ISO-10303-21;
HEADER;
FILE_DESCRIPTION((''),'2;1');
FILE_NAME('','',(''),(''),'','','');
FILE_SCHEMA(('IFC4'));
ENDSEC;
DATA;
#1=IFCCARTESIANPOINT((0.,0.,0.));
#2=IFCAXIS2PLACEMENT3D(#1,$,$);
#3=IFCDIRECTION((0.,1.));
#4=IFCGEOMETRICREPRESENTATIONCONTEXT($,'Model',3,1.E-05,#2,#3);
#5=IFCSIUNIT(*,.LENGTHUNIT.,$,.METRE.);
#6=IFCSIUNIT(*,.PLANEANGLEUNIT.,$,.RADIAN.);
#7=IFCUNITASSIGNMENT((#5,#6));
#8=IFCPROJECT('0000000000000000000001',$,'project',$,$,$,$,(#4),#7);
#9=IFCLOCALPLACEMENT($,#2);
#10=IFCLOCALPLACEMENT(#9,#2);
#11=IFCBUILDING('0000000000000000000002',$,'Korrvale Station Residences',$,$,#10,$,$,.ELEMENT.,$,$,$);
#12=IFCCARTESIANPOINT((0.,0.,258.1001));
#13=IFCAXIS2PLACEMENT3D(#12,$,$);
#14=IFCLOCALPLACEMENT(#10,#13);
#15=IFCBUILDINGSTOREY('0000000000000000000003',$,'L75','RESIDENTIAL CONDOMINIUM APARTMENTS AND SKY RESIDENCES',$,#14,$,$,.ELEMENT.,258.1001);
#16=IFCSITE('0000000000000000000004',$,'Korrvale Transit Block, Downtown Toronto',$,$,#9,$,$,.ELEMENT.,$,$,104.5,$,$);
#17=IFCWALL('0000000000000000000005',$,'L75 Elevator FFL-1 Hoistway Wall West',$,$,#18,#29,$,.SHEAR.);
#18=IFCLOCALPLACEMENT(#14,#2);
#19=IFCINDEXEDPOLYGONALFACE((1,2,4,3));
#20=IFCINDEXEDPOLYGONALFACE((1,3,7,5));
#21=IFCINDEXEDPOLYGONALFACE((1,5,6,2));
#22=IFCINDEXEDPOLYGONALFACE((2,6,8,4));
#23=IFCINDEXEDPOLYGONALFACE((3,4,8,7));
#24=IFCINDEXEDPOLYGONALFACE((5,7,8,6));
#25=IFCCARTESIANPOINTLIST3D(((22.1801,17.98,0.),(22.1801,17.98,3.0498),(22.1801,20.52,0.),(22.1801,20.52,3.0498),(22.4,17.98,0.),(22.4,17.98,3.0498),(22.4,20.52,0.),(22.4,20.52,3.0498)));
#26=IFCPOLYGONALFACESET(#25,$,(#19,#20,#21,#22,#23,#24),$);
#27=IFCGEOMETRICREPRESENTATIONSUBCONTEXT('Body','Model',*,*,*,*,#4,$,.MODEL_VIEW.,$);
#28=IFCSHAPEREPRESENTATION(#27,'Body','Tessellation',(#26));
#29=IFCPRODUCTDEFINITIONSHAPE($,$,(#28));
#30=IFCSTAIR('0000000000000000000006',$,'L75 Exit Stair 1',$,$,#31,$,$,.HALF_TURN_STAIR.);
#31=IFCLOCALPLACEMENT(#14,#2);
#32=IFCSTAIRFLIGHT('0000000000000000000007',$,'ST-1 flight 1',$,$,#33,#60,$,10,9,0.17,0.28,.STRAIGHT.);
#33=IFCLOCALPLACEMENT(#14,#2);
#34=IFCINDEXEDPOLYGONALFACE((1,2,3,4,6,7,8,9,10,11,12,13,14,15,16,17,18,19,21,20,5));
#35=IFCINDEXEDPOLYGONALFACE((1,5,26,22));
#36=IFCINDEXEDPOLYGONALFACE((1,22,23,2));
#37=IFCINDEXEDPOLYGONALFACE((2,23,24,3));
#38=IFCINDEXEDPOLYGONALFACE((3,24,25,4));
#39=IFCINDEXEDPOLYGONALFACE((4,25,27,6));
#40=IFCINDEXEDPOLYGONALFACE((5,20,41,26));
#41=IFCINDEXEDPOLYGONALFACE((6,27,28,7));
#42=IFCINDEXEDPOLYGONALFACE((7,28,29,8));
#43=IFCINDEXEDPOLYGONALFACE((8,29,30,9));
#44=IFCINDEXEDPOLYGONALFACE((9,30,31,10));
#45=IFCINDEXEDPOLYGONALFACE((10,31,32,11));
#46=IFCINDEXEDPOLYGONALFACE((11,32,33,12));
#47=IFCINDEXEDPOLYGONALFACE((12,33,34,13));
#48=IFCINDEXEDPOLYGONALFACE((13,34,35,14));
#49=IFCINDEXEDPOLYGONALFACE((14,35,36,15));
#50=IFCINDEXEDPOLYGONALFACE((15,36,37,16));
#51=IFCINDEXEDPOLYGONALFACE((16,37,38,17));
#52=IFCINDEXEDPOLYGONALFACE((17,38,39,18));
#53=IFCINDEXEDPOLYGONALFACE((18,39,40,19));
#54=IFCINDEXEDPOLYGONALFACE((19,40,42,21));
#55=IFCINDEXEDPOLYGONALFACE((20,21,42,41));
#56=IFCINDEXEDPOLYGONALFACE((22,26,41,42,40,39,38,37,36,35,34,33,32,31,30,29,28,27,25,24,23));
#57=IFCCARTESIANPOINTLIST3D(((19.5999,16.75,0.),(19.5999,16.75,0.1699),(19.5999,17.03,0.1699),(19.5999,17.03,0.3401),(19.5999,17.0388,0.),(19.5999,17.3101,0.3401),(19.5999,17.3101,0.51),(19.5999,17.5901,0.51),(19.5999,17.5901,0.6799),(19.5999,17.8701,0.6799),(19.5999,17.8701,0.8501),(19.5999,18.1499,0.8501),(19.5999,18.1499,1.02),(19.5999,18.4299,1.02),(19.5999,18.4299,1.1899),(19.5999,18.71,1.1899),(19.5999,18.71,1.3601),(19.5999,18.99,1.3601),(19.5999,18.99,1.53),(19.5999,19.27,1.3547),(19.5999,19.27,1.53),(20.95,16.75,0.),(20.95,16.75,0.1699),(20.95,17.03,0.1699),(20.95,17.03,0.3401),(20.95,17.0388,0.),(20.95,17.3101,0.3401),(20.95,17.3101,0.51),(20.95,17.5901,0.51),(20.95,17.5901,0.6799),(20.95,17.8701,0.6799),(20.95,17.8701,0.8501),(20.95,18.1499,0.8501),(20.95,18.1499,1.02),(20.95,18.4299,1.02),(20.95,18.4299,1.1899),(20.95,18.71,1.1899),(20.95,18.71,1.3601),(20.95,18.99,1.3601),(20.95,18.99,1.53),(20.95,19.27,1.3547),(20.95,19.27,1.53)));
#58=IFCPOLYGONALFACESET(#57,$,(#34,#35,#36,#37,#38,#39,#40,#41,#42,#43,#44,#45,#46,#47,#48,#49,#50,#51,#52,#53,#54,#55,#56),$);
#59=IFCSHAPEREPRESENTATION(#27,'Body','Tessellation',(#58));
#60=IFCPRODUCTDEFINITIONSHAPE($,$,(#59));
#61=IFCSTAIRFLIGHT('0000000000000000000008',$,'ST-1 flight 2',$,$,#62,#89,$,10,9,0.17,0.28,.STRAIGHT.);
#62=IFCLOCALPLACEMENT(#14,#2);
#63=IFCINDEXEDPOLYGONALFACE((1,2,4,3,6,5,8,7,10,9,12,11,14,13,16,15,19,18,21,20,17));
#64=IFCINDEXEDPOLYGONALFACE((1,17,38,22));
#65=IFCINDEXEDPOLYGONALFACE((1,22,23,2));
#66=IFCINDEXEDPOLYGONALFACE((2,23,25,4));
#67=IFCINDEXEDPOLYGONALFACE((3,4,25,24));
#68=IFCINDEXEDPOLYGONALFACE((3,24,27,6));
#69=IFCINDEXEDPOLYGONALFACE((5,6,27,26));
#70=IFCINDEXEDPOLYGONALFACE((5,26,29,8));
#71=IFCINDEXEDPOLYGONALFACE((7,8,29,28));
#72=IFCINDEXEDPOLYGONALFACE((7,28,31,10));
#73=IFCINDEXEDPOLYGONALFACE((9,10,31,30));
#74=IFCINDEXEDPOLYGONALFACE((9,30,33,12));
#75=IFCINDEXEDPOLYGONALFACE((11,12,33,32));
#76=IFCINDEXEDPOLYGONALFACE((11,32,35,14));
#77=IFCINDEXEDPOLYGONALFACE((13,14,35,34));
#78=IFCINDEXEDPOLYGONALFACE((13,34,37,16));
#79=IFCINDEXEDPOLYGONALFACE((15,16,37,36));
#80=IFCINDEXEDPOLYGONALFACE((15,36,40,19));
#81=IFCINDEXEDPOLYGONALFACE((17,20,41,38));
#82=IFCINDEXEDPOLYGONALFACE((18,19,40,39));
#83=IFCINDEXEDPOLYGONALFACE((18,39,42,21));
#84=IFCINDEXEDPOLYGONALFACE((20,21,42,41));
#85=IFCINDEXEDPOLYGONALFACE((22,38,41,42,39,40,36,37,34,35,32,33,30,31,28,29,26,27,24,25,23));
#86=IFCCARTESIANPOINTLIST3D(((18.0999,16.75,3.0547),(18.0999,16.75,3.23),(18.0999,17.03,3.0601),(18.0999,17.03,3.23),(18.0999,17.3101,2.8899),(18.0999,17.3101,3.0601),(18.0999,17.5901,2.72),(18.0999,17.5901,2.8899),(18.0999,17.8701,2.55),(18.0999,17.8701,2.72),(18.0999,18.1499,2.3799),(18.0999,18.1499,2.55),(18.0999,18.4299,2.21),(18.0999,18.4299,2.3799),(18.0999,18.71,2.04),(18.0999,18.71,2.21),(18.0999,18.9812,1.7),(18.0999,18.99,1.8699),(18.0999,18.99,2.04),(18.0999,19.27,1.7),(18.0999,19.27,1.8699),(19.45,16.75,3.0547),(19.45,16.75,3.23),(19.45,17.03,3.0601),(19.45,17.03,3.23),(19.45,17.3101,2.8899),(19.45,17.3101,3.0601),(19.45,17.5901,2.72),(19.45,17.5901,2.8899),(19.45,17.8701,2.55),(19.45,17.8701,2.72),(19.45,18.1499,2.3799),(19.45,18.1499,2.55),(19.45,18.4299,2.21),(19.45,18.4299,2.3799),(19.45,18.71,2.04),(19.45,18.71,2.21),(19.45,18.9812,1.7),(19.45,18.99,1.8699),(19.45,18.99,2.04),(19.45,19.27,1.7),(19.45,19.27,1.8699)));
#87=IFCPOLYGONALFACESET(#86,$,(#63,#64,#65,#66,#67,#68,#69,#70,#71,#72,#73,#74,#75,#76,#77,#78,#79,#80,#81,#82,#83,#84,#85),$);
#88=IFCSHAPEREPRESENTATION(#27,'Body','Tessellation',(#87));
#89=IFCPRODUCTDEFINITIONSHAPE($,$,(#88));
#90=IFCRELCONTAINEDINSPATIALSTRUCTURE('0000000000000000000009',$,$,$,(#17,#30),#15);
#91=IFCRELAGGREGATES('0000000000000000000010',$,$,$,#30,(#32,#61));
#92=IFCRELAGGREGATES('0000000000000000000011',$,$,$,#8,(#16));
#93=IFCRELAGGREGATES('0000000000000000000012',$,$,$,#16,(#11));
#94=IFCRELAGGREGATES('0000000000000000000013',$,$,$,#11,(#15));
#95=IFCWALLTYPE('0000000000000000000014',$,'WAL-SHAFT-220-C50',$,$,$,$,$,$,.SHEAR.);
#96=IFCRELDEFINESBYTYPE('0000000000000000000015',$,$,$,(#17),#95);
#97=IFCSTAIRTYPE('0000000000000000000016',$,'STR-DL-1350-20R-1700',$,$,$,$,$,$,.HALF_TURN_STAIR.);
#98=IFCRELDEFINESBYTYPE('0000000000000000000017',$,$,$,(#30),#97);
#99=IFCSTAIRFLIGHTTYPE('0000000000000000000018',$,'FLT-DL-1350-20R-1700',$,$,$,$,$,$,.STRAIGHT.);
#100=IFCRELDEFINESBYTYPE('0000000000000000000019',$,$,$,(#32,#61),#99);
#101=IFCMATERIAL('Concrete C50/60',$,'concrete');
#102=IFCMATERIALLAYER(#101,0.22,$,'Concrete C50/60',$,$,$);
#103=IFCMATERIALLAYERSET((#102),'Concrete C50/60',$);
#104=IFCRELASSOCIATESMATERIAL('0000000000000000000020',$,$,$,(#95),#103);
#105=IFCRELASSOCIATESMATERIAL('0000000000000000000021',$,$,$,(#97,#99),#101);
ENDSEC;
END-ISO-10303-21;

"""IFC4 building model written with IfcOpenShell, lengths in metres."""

from ifc_helpers import new_model, si_unit, direction, frame, frame_2d, origin, place, context, subcontext, project, spatial, polyline, rectangle, outline, extrude, material, layer, layer_set, type_object, element, aggregate, save


model = new_model("IFC4")

# Units and contexts
model_context = context("Model", 3, precision=1e-05, world=origin(), true_north=direction((0.0, 1.0)))
body_context = subcontext(model_context, "Body", "Model", "MODEL_VIEW")
ifc_project = project(units=[si_unit("LENGTHUNIT", "METRE"), si_unit("PLANEANGLEUNIT", "RADIAN")], contexts=[model_context])

# Site, building, storey
site_placement = place(None, origin())
site = spatial("IfcSite", under=ifc_project, at=site_placement, Name="Korrvale Transit Block, Downtown Toronto", CompositionType="ELEMENT", RefElevation=104.5)
building_placement = place(site_placement, origin())
building = spatial("IfcBuilding", under=site, at=building_placement, Name="Korrvale Station Residences", CompositionType="ELEMENT")
storey_placement = place(building_placement, frame((0.0, 0.0, 258.1001)))
storey = spatial("IfcBuildingStorey", under=building, at=storey_placement, Name="L75", Description="RESIDENTIAL CONDOMINIUM APARTMENTS AND SKY RESIDENCES", CompositionType="ELEMENT", Elevation=258.1001)

# Shared definitions
ifc_material_1 = material(Name="Concrete C50/60", Category="concrete")

# Shared definitions
ifc_layer_1 = layer(ifc_material_1, 0.22, Name="Concrete C50/60")
ifc_layer_set_1 = layer_set([ifc_layer_1], Name="Concrete C50/60")
wall_type_1 = type_object("IfcWallType", Name="WAL-SHAFT-220-C50", PredefinedType="SHEAR", material=ifc_layer_set_1)

# Wall
wall_1_placement = place(storey_placement, frame((22.29, 17.98, 0.0), z_axis=(0.0, 0.0, 1.0), x_axis=(0.0, 1.0, 0.0)))
element("IfcWall", 1, at=wall_1_placement, inside=storey, type_object=wall_type_1, Name="L75 Elevator FFL-1 Hoistway Wall West", PredefinedType="SHEAR", context=body_context, shape_type="SweptSolid", body=[
    extrude(rectangle(XDim=2.54, YDim=0.22, at=frame_2d((1.27, 0.0))), origin(), (0.0, 0.0, 1.0), 3.0498),
])

# Stair, stair flights
stair_type = type_object("IfcStairType", Name="STR-DL-1350-20R-1700", PredefinedType="HALF_TURN_STAIR", material=ifc_material_1)
stair_placement = place(storey_placement, origin())
stair = element("IfcStair", 2, at=stair_placement, inside=storey, type_object=stair_type, Name="L75 Exit Stair 1", PredefinedType="HALF_TURN_STAIR")
stair_flight_type = type_object("IfcStairFlightType", Name="FLT-DL-1350-20R-1700", PredefinedType="STRAIGHT", material=ifc_material_1)
stair_flight_1_placement = place(storey_placement, frame((20.2749, 16.75, 0.0), z_axis=(0.0, 0.0, 1.0), x_axis=(0.0, 1.0, 0.0)))
stair_flight_1 = element("IfcStairFlight", 3, at=stair_flight_1_placement, type_object=stair_flight_type, Name="ST-1 flight 1", NumberOfRisers=10, NumberOfTreads=9, PredefinedType="STRAIGHT", RiserHeight=0.17, TreadLength=0.28, context=body_context, shape_type="SweptSolid", body=[
    extrude(outline(polyline([(0.0, 0.0), (0.0, 0.1699), (0.28, 0.1699), (0.28, 0.3401), (0.5601, 0.3401), (0.5601, 0.51), (0.8401, 0.51), (0.8401, 0.6799), (1.1201, 0.6799), (1.1201, 0.8501), (1.3999, 0.8501), (1.3999, 1.02), (1.6799, 1.02), (1.6799, 1.1899), (1.96, 1.1899), (1.96, 1.3601), (2.24, 1.3601), (2.24, 1.53), (2.52, 1.53), (2.52, 1.7), (2.52, 1.3547), (0.2888, 0.0), (0.0, 0.0)])), frame((0.0, 0.675, 0.0), z_axis=(0.0, -1.0, 0.0), x_axis=(1.0, 0.0, 0.0)), (0.0, 0.0, 1.0), 1.3501),
])
stair_flight_2_placement = place(storey_placement, frame((18.7749, 19.27, 1.7), z_axis=(0.0, 0.0, 1.0), x_axis=(0.0, -1.0, 0.0)))
stair_flight_2 = element("IfcStairFlight", 4, at=stair_flight_2_placement, type_object=stair_flight_type, Name="ST-1 flight 2", NumberOfRisers=10, NumberOfTreads=9, PredefinedType="STRAIGHT", RiserHeight=0.17, TreadLength=0.28, context=body_context, shape_type="SweptSolid", body=[
    extrude(outline(polyline([(0.0, 0.0), (0.0, 0.1699), (0.28, 0.1699), (0.28, 0.3401), (0.5601, 0.3401), (0.5601, 0.51), (0.8401, 0.51), (0.8401, 0.6799), (1.1201, 0.6799), (1.1201, 0.8501), (1.3999, 0.8501), (1.3999, 1.02), (1.6799, 1.02), (1.6799, 1.1899), (1.96, 1.1899), (1.96, 1.3601), (2.24, 1.3601), (2.24, 1.53), (2.52, 1.53), (2.52, 1.7), (2.52, 1.3547), (0.2888, 0.0), (0.0, 0.0)])), frame((0.0, 0.675, 0.0), z_axis=(0.0, -1.0, 0.0), x_axis=(1.0, 0.0, 0.0)), (0.0, 0.0, 1.0), 1.3501),
])
aggregate(stair, [stair_flight_1, stair_flight_2])

save(model, "model.ifc")
